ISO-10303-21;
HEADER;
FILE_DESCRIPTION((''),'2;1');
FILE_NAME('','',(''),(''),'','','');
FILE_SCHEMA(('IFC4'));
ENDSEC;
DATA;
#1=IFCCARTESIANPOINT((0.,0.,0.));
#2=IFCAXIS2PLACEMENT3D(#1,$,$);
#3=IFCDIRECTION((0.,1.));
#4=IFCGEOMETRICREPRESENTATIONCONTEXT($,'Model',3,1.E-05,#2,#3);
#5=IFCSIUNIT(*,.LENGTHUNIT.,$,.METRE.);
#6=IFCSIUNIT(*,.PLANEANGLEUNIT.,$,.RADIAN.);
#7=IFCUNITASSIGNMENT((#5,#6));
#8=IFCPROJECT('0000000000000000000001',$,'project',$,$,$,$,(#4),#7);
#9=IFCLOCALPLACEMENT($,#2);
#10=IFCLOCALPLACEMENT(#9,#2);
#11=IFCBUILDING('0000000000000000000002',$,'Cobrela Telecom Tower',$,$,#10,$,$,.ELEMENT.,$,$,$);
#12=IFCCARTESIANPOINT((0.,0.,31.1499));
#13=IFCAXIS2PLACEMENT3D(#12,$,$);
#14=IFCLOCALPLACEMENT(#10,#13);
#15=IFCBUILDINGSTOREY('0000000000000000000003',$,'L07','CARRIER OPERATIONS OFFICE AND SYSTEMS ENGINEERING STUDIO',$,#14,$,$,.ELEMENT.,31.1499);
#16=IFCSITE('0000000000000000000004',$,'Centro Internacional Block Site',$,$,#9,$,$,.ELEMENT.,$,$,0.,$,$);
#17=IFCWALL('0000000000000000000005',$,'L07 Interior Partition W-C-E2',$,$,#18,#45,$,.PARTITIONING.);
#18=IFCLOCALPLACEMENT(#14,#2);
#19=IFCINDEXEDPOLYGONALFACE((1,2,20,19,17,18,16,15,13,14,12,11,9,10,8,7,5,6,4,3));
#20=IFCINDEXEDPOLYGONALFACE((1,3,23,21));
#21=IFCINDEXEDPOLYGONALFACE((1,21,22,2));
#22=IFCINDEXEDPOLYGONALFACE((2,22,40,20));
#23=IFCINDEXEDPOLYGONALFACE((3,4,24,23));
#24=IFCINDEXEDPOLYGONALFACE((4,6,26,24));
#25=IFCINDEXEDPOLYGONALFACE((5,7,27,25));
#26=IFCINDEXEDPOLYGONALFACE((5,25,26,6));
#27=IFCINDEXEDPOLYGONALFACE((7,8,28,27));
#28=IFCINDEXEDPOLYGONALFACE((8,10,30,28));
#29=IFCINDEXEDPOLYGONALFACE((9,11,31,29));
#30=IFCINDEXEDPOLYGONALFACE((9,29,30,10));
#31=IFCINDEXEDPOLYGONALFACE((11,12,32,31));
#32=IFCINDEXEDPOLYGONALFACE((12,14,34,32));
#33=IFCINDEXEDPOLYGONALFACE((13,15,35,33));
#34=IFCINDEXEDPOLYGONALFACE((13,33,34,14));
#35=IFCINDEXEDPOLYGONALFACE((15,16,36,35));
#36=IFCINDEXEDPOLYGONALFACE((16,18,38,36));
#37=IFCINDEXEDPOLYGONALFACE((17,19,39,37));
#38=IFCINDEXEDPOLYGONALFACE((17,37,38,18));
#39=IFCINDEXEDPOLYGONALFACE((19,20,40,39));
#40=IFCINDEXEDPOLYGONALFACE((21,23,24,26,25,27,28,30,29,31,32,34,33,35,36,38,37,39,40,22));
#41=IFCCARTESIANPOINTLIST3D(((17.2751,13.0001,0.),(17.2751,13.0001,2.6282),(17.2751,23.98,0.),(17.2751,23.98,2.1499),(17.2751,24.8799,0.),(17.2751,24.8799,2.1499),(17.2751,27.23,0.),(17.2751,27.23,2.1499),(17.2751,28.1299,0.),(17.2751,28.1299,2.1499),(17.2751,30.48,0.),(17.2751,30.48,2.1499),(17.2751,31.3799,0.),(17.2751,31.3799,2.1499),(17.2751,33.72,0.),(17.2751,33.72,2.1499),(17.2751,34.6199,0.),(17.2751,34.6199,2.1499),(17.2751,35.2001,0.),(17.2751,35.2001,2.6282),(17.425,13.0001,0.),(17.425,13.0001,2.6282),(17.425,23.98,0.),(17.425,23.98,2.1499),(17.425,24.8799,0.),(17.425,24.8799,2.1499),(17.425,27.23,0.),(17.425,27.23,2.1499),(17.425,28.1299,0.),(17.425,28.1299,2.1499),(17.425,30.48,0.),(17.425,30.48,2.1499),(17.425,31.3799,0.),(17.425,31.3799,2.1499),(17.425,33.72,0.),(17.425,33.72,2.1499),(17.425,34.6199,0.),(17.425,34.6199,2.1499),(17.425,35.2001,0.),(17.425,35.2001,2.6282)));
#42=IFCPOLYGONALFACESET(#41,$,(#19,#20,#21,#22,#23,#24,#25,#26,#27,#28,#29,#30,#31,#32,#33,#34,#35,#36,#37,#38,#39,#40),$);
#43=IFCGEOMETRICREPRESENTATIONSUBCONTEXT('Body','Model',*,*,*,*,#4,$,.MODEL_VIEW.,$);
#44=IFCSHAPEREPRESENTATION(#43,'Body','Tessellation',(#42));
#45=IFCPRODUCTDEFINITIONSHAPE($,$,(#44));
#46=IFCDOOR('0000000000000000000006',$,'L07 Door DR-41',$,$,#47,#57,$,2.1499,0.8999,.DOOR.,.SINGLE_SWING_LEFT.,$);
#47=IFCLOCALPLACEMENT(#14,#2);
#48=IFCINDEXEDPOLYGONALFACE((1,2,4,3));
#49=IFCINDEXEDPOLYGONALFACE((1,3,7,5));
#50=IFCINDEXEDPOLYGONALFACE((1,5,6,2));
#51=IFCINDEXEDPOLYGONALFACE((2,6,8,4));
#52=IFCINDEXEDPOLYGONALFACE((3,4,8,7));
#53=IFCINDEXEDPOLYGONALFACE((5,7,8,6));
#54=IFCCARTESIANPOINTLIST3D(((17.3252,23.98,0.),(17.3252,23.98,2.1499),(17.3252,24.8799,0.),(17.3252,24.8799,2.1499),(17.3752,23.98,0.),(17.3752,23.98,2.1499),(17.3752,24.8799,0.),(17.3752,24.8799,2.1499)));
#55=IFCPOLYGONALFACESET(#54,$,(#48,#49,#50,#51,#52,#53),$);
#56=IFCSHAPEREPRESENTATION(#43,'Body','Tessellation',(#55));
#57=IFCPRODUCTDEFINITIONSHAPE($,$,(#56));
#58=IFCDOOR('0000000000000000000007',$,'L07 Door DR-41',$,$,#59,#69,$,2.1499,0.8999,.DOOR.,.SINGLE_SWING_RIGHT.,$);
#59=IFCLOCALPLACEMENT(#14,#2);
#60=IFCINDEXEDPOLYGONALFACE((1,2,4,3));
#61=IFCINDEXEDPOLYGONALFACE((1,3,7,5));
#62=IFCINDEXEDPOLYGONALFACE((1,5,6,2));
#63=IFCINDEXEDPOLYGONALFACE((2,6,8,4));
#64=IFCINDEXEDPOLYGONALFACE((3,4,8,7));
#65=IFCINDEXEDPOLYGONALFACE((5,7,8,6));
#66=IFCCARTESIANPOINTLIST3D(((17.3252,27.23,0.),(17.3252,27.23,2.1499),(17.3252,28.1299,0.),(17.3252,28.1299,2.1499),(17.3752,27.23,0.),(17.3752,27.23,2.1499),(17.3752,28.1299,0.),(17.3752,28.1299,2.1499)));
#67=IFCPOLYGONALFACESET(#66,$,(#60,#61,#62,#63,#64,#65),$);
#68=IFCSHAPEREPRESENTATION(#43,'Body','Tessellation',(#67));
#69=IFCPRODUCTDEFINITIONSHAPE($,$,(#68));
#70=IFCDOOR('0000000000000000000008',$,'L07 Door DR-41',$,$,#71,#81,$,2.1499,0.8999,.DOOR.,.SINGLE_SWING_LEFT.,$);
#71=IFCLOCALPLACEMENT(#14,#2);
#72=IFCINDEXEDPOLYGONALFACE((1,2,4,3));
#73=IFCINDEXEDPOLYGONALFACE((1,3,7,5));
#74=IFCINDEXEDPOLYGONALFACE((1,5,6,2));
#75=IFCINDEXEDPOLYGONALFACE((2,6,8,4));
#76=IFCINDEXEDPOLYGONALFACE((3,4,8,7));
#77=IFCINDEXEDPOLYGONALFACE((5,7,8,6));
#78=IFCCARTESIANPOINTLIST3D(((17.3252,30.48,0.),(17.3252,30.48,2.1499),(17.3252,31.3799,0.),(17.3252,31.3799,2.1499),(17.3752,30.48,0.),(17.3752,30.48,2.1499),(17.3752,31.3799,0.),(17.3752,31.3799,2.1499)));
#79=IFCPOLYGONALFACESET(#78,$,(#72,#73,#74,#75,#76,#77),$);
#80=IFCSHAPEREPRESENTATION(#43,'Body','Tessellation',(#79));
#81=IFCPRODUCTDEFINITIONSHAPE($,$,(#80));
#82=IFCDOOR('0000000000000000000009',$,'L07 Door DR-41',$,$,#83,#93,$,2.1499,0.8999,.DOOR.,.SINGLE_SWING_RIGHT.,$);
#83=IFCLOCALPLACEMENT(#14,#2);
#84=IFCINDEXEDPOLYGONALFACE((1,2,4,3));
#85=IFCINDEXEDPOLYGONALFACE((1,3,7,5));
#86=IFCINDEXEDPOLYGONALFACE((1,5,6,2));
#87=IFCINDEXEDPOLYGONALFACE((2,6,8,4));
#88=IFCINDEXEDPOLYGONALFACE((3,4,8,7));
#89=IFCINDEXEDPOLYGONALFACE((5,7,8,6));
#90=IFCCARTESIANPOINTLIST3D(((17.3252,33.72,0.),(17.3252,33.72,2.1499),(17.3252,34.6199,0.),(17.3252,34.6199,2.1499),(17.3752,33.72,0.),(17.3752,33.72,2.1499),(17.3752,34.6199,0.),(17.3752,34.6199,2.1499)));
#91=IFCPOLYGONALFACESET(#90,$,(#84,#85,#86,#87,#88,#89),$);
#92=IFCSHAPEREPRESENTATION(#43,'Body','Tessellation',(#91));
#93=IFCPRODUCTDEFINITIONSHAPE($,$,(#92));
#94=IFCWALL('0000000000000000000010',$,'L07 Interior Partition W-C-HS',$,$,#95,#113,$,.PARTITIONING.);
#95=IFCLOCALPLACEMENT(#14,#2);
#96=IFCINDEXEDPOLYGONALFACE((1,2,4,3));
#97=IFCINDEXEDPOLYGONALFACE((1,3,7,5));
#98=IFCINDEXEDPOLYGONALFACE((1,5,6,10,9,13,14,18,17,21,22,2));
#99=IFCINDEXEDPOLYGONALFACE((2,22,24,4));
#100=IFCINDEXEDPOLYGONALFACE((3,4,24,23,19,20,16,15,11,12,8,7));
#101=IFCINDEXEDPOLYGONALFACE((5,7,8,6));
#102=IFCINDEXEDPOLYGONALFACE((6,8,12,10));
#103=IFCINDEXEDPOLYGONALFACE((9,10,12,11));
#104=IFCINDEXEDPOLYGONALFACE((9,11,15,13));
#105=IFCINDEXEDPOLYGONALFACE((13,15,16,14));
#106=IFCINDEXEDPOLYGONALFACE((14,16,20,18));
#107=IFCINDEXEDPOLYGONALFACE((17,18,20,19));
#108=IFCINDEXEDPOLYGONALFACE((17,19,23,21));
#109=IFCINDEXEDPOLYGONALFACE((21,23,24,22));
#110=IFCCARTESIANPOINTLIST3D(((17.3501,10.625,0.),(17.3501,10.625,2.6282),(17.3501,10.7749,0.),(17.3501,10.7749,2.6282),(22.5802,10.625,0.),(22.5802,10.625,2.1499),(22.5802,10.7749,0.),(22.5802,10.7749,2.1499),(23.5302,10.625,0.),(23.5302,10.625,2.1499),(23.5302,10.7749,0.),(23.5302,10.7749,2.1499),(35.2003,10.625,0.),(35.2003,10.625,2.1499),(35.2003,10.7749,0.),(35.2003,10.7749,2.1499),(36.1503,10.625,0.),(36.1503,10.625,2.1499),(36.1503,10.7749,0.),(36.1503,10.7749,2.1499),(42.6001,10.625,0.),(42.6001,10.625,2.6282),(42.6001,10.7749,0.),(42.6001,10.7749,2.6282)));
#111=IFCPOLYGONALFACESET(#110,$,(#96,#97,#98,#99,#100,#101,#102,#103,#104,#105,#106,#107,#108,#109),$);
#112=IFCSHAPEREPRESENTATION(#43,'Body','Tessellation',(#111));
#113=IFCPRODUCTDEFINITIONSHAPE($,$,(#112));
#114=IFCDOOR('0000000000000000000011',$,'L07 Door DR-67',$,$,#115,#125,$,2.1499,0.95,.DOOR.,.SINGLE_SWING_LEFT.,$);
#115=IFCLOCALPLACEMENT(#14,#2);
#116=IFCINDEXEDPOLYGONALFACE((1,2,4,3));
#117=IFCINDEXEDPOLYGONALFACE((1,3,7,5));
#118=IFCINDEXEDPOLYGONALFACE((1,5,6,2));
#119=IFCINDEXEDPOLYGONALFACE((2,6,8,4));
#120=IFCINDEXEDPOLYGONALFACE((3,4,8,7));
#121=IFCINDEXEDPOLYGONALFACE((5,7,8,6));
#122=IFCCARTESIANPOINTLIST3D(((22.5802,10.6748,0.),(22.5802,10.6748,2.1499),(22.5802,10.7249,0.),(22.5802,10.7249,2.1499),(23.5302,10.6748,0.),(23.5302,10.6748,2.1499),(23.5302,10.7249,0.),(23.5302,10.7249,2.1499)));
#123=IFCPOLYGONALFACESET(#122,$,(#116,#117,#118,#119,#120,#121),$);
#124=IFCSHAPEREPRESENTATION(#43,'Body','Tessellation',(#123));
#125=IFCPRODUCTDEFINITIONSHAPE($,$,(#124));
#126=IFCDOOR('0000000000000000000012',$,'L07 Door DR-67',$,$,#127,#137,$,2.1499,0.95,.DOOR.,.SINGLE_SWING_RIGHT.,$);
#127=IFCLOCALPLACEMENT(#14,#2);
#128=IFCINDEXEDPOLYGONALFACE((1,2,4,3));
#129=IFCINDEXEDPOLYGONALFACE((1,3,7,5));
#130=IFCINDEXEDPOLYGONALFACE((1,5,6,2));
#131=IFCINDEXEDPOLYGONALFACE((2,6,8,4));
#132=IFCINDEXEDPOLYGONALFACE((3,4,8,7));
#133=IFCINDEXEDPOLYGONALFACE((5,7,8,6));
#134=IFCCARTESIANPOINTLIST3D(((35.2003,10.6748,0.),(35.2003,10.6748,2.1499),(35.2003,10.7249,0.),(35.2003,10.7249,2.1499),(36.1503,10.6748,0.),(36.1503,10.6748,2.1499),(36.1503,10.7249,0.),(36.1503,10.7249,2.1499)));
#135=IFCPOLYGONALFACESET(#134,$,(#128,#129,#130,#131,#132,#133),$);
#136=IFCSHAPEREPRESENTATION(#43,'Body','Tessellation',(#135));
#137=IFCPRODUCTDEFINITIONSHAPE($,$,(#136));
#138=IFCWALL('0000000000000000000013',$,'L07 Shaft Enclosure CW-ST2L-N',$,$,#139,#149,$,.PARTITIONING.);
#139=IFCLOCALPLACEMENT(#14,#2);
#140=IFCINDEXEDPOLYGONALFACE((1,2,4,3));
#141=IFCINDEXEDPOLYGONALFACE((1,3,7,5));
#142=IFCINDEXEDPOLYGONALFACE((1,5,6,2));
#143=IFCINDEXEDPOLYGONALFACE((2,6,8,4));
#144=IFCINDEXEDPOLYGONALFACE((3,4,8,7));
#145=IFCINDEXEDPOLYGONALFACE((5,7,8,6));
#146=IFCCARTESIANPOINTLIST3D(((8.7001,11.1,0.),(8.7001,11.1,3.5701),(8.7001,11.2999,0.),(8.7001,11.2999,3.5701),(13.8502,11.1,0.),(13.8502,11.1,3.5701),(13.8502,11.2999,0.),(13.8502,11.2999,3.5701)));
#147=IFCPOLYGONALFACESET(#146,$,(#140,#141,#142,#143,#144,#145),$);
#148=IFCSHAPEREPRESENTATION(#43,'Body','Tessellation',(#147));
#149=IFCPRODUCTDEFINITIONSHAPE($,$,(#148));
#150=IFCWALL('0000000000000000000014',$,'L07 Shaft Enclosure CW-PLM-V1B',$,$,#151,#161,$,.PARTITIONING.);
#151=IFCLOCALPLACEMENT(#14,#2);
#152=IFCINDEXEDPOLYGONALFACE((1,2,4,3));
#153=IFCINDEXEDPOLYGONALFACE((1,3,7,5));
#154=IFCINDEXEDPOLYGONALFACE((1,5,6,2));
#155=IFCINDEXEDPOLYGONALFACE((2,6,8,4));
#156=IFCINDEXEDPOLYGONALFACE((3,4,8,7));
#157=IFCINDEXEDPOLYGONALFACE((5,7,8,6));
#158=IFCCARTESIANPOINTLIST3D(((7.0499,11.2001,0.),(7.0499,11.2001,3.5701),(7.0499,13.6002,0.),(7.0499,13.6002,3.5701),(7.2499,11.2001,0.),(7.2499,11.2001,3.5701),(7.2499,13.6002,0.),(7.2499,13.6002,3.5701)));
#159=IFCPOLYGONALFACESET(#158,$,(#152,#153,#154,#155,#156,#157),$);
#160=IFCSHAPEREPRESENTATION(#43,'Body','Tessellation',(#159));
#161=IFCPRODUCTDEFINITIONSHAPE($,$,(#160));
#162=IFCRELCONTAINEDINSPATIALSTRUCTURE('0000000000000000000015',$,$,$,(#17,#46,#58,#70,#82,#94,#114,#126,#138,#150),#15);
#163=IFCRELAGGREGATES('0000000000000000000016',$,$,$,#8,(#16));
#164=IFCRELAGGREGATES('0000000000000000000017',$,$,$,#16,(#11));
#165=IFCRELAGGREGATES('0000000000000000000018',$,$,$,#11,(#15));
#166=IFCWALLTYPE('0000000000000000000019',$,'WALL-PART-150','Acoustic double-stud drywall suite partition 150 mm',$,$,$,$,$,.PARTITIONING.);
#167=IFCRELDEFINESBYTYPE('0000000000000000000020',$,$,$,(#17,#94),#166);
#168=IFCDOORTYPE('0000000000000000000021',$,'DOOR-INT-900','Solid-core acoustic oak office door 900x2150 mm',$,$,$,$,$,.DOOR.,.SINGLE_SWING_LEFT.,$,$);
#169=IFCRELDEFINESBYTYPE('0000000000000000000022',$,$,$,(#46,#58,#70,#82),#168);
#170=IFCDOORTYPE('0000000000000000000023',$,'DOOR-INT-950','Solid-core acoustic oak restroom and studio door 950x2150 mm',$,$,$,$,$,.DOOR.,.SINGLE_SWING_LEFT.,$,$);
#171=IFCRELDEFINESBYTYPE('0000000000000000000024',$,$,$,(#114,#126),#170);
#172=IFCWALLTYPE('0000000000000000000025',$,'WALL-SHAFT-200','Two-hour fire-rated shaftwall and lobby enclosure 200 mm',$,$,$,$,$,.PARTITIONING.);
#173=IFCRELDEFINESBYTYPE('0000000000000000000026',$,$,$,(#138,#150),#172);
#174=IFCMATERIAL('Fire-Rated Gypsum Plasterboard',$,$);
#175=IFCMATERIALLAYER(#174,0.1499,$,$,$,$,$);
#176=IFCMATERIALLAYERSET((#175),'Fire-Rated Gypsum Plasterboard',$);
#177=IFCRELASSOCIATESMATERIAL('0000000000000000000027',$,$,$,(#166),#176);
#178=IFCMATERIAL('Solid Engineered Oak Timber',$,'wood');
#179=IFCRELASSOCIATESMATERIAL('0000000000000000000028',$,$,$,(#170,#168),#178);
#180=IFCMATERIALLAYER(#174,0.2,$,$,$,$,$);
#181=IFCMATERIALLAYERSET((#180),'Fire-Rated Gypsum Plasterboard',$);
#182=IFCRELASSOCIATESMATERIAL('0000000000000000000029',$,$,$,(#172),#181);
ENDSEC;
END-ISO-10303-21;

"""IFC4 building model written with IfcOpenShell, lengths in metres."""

from ifc_helpers import new_model, si_unit, direction, frame, frame_2d, origin, place, context, subcontext, project, spatial, rectangle, extrude, material, layer, layer_set, type_object, element, fill, save


model = new_model("IFC4")

# Units and contexts
model_context = context("Model", 3, precision=1e-05, world=origin(), true_north=direction((0.0, 1.0)))
body_context = subcontext(model_context, "Body", "Model", "MODEL_VIEW")
ifc_project = project(units=[si_unit("LENGTHUNIT", "METRE"), si_unit("PLANEANGLEUNIT", "RADIAN")], contexts=[model_context])

# Site, building, storey
site_placement = place(None, origin())
site = spatial("IfcSite", under=ifc_project, at=site_placement, Name="Centro Internacional Block Site", CompositionType="ELEMENT", RefElevation=0.0)
building_placement = place(site_placement, origin())
building = spatial("IfcBuilding", under=site, at=building_placement, Name="Cobrela Telecom Tower", CompositionType="ELEMENT")
storey_placement = place(building_placement, frame((0.0, 0.0, 31.1499)))
storey = spatial("IfcBuildingStorey", under=building, at=storey_placement, Name="L07", Description="CARRIER OPERATIONS OFFICE AND SYSTEMS ENGINEERING STUDIO", CompositionType="ELEMENT", Elevation=31.1499)

# Shared definitions
ifc_material_1 = material(Name="Fire-Rated Gypsum Plasterboard")
ifc_layer_1 = layer(ifc_material_1, 0.1499)
ifc_layer_set_1 = layer_set([ifc_layer_1], Name="Fire-Rated Gypsum Plasterboard")
wall_type_1 = type_object("IfcWallType", Name="WALL-PART-150", Description="Acoustic double-stud drywall suite partition 150 mm", PredefinedType="PARTITIONING", material=ifc_layer_set_1)
ifc_material_2 = material(Name="Solid Engineered Oak Timber", Category="wood")
door_type_1 = type_object("IfcDoorType", Name="DOOR-INT-950", Description="Solid-core acoustic oak restroom and studio door 950x2150 mm", OperationType="SINGLE_SWING_LEFT", PredefinedType="DOOR", material=ifc_material_2)

# Walls, openings, doors
wall_1_placement = place(storey_placement, frame((17.3501, 13.0, 0.0), z_axis=(0.0, 0.0, 1.0), x_axis=(0.0, 1.0, 0.0)))
wall_1 = element("IfcWall", 1, at=wall_1_placement, inside=storey, type_object=wall_type_1, Name="L07 Interior Partition W-C-E2", PredefinedType="PARTITIONING", context=body_context, shape_type="SweptSolid", body=[
    extrude(rectangle(XDim=22.2, YDim=0.1499, at=frame_2d((11.1001, 0.0))), origin(), (0.0, 0.0, 1.0), 2.6282),
])
opening_1_placement = place(wall_1_placement, frame((10.98, 0.0, 0.0)))
opening_1 = element("IfcOpeningElement", 2, at=opening_1_placement, cuts=wall_1, PredefinedType="OPENING", context=body_context, shape_type="SweptSolid", body=[
    extrude(rectangle(XDim=0.8999, YDim=2.1499, at=frame_2d((0.45, 1.075))), frame((0.0, 0.0869, 0.0), z_axis=(0.0, -1.0, 0.0), x_axis=(1.0, 0.0, 0.0)), (0.0, 0.0, 1.0), 0.1738),
])
opening_2_placement = place(wall_1_placement, frame((14.23, 0.0, 0.0)))
opening_2 = element("IfcOpeningElement", 3, at=opening_2_placement, cuts=wall_1, PredefinedType="OPENING", context=body_context, shape_type="SweptSolid", body=[
    extrude(rectangle(XDim=0.8999, YDim=2.1499, at=frame_2d((0.45, 1.075))), frame((0.0, 0.0869, 0.0), z_axis=(0.0, -1.0, 0.0), x_axis=(1.0, 0.0, 0.0)), (0.0, 0.0, 1.0), 0.1738),
])
opening_3_placement = place(wall_1_placement, frame((17.48, 0.0, 0.0)))
opening_3 = element("IfcOpeningElement", 4, at=opening_3_placement, cuts=wall_1, PredefinedType="OPENING", context=body_context, shape_type="SweptSolid", body=[
    extrude(rectangle(XDim=0.8999, YDim=2.1499, at=frame_2d((0.45, 1.075))), frame((0.0, 0.0869, 0.0), z_axis=(0.0, -1.0, 0.0), x_axis=(1.0, 0.0, 0.0)), (0.0, 0.0, 1.0), 0.1738),
])
opening_4_placement = place(wall_1_placement, frame((20.72, 0.0, 0.0)))
opening_4 = element("IfcOpeningElement", 5, at=opening_4_placement, cuts=wall_1, PredefinedType="OPENING", context=body_context, shape_type="SweptSolid", body=[
    extrude(rectangle(XDim=0.8999, YDim=2.1499, at=frame_2d((0.45, 1.075))), frame((0.0, 0.0869, 0.0), z_axis=(0.0, -1.0, 0.0), x_axis=(1.0, 0.0, 0.0)), (0.0, 0.0, 1.0), 0.1738),
])
door_type_2 = type_object("IfcDoorType", Name="DOOR-INT-900", Description="Solid-core acoustic oak office door 900x2150 mm", OperationType="SINGLE_SWING_LEFT", PredefinedType="DOOR", material=ifc_material_2)
door_1_placement = place(opening_1_placement, origin())
door_1 = element("IfcDoor", 6, at=door_1_placement, inside=storey, type_object=door_type_2, Name="L07 Door DR-41", OperationType="SINGLE_SWING_LEFT", OverallHeight=2.1499, OverallWidth=0.8999, PredefinedType="DOOR", context=body_context, shape_type="SweptSolid", body=[
    extrude(rectangle(XDim=0.8999, YDim=2.1499, at=frame_2d((0.45, 1.075))), frame((0.0, 0.0249, 0.0), z_axis=(0.0, -1.0, 0.0), x_axis=(1.0, 0.0, 0.0)), (0.0, 0.0, 1.0), 0.05),
])
fill(opening_1, door_1)
door_2_placement = place(opening_2_placement, origin())
door_2 = element("IfcDoor", 7, at=door_2_placement, inside=storey, type_object=door_type_2, Name="L07 Door DR-41", OperationType="SINGLE_SWING_RIGHT", OverallHeight=2.1499, OverallWidth=0.8999, PredefinedType="DOOR", context=body_context, shape_type="SweptSolid", body=[
    extrude(rectangle(XDim=0.8999, YDim=2.1499, at=frame_2d((0.45, 1.075))), frame((0.0, 0.0249, 0.0), z_axis=(0.0, -1.0, 0.0), x_axis=(1.0, 0.0, 0.0)), (0.0, 0.0, 1.0), 0.05),
])
fill(opening_2, door_2)
door_3_placement = place(opening_3_placement, origin())
door_3 = element("IfcDoor", 8, at=door_3_placement, inside=storey, type_object=door_type_2, Name="L07 Door DR-41", OperationType="SINGLE_SWING_LEFT", OverallHeight=2.1499, OverallWidth=0.8999, PredefinedType="DOOR", context=body_context, shape_type="SweptSolid", body=[
    extrude(rectangle(XDim=0.8999, YDim=2.1499, at=frame_2d((0.45, 1.075))), frame((0.0, 0.0249, 0.0), z_axis=(0.0, -1.0, 0.0), x_axis=(1.0, 0.0, 0.0)), (0.0, 0.0, 1.0), 0.05),
])
fill(opening_3, door_3)
door_4_placement = place(opening_4_placement, origin())
door_4 = element("IfcDoor", 9, at=door_4_placement, inside=storey, type_object=door_type_2, Name="L07 Door DR-41", OperationType="SINGLE_SWING_RIGHT", OverallHeight=2.1499, OverallWidth=0.8999, PredefinedType="DOOR", context=body_context, shape_type="SweptSolid", body=[
    extrude(rectangle(XDim=0.8999, YDim=2.1499, at=frame_2d((0.45, 1.075))), frame((0.0, 0.0249, 0.0), z_axis=(0.0, -1.0, 0.0), x_axis=(1.0, 0.0, 0.0)), (0.0, 0.0, 1.0), 0.05),
])
fill(opening_4, door_4)
wall_2_placement = place(storey_placement, frame((17.3501, 10.7, 0.0), z_axis=(0.0, 0.0, 1.0), x_axis=(1.0, 0.0, 0.0)))
wall_2 = element("IfcWall", 10, at=wall_2_placement, inside=storey, type_object=wall_type_1, Name="L07 Interior Partition W-C-HS", PredefinedType="PARTITIONING", context=body_context, shape_type="SweptSolid", body=[
    extrude(rectangle(XDim=25.25, YDim=0.1499, at=frame_2d((12.625, 0.0))), origin(), (0.0, 0.0, 1.0), 2.6282),
])
opening_5_placement = place(wall_2_placement, frame((5.23, 0.0, 0.0)))
opening_5 = element("IfcOpeningElement", 11, at=opening_5_placement, cuts=wall_2, PredefinedType="OPENING", context=body_context, shape_type="SweptSolid", body=[
    extrude(rectangle(XDim=0.95, YDim=2.1499, at=frame_2d((0.4751, 1.075))), frame((0.0, 0.0869, 0.0), z_axis=(0.0, -1.0, 0.0), x_axis=(1.0, 0.0, 0.0)), (0.0, 0.0, 1.0), 0.1738),
])
opening_6_placement = place(wall_2_placement, frame((17.8501, 0.0, 0.0)))
opening_6 = element("IfcOpeningElement", 12, at=opening_6_placement, cuts=wall_2, PredefinedType="OPENING", context=body_context, shape_type="SweptSolid", body=[
    extrude(rectangle(XDim=0.95, YDim=2.1499, at=frame_2d((0.4751, 1.075))), frame((0.0, 0.0869, 0.0), z_axis=(0.0, -1.0, 0.0), x_axis=(1.0, 0.0, 0.0)), (0.0, 0.0, 1.0), 0.1738),
])
door_5_placement = place(opening_5_placement, origin())
door_5 = element("IfcDoor", 13, at=door_5_placement, inside=storey, type_object=door_type_1, Name="L07 Door DR-67", OperationType="SINGLE_SWING_LEFT", OverallHeight=2.1499, OverallWidth=0.95, PredefinedType="DOOR", context=body_context, shape_type="SweptSolid", body=[
    extrude(rectangle(XDim=0.95, YDim=2.1499, at=frame_2d((0.4751, 1.075))), frame((0.0, 0.0249, 0.0), z_axis=(0.0, -1.0, 0.0), x_axis=(1.0, 0.0, 0.0)), (0.0, 0.0, 1.0), 0.05),
])
fill(opening_5, door_5)
door_6_placement = place(opening_6_placement, origin())
door_6 = element("IfcDoor", 14, at=door_6_placement, inside=storey, type_object=door_type_1, Name="L07 Door DR-67", OperationType="SINGLE_SWING_RIGHT", OverallHeight=2.1499, OverallWidth=0.95, PredefinedType="DOOR", context=body_context, shape_type="SweptSolid", body=[
    extrude(rectangle(XDim=0.95, YDim=2.1499, at=frame_2d((0.4751, 1.075))), frame((0.0, 0.0249, 0.0), z_axis=(0.0, -1.0, 0.0), x_axis=(1.0, 0.0, 0.0)), (0.0, 0.0, 1.0), 0.05),
])
fill(opening_6, door_6)

# Walls
ifc_layer_2 = layer(ifc_material_1, 0.2)
ifc_layer_set_2 = layer_set([ifc_layer_2], Name="Fire-Rated Gypsum Plasterboard")
wall_type_2 = type_object("IfcWallType", Name="WALL-SHAFT-200", Description="Two-hour fire-rated shaftwall and lobby enclosure 200 mm", PredefinedType="PARTITIONING", material=ifc_layer_set_2)
wall_3_placement = place(storey_placement, frame((8.7, 11.2, 0.0), z_axis=(0.0, 0.0, 1.0), x_axis=(1.0, 0.0, 0.0)))
element("IfcWall", 15, at=wall_3_placement, inside=storey, type_object=wall_type_2, Name="L07 Shaft Enclosure CW-ST2L-N", PredefinedType="PARTITIONING", context=body_context, shape_type="SweptSolid", body=[
    extrude(rectangle(XDim=5.1501, YDim=0.2, at=frame_2d((2.5752, 0.0))), origin(), (0.0, 0.0, 1.0), 3.5701),
])
for number, where, z_axis, x_axis, name in (
    (16, (7.1499, 11.2, 0.0), (0.0, 0.0, 1.0), (0.0, 1.0, 0.0), "L07 Shaft Enclosure CW-PLM-V1B"),
):
    element("IfcWall", number, at=place(storey_placement, frame(where, z_axis=z_axis, x_axis=x_axis)), inside=storey, type_object=wall_type_2, Name=name, PredefinedType="PARTITIONING", context=body_context, shape_type="SweptSolid", body=[
        extrude(rectangle(XDim=2.4001, YDim=0.2, at=frame_2d((1.2002, 0.0))), origin(), (0.0, 0.0, 1.0), 3.5701),
    ])

save(model, "model.ifc")
